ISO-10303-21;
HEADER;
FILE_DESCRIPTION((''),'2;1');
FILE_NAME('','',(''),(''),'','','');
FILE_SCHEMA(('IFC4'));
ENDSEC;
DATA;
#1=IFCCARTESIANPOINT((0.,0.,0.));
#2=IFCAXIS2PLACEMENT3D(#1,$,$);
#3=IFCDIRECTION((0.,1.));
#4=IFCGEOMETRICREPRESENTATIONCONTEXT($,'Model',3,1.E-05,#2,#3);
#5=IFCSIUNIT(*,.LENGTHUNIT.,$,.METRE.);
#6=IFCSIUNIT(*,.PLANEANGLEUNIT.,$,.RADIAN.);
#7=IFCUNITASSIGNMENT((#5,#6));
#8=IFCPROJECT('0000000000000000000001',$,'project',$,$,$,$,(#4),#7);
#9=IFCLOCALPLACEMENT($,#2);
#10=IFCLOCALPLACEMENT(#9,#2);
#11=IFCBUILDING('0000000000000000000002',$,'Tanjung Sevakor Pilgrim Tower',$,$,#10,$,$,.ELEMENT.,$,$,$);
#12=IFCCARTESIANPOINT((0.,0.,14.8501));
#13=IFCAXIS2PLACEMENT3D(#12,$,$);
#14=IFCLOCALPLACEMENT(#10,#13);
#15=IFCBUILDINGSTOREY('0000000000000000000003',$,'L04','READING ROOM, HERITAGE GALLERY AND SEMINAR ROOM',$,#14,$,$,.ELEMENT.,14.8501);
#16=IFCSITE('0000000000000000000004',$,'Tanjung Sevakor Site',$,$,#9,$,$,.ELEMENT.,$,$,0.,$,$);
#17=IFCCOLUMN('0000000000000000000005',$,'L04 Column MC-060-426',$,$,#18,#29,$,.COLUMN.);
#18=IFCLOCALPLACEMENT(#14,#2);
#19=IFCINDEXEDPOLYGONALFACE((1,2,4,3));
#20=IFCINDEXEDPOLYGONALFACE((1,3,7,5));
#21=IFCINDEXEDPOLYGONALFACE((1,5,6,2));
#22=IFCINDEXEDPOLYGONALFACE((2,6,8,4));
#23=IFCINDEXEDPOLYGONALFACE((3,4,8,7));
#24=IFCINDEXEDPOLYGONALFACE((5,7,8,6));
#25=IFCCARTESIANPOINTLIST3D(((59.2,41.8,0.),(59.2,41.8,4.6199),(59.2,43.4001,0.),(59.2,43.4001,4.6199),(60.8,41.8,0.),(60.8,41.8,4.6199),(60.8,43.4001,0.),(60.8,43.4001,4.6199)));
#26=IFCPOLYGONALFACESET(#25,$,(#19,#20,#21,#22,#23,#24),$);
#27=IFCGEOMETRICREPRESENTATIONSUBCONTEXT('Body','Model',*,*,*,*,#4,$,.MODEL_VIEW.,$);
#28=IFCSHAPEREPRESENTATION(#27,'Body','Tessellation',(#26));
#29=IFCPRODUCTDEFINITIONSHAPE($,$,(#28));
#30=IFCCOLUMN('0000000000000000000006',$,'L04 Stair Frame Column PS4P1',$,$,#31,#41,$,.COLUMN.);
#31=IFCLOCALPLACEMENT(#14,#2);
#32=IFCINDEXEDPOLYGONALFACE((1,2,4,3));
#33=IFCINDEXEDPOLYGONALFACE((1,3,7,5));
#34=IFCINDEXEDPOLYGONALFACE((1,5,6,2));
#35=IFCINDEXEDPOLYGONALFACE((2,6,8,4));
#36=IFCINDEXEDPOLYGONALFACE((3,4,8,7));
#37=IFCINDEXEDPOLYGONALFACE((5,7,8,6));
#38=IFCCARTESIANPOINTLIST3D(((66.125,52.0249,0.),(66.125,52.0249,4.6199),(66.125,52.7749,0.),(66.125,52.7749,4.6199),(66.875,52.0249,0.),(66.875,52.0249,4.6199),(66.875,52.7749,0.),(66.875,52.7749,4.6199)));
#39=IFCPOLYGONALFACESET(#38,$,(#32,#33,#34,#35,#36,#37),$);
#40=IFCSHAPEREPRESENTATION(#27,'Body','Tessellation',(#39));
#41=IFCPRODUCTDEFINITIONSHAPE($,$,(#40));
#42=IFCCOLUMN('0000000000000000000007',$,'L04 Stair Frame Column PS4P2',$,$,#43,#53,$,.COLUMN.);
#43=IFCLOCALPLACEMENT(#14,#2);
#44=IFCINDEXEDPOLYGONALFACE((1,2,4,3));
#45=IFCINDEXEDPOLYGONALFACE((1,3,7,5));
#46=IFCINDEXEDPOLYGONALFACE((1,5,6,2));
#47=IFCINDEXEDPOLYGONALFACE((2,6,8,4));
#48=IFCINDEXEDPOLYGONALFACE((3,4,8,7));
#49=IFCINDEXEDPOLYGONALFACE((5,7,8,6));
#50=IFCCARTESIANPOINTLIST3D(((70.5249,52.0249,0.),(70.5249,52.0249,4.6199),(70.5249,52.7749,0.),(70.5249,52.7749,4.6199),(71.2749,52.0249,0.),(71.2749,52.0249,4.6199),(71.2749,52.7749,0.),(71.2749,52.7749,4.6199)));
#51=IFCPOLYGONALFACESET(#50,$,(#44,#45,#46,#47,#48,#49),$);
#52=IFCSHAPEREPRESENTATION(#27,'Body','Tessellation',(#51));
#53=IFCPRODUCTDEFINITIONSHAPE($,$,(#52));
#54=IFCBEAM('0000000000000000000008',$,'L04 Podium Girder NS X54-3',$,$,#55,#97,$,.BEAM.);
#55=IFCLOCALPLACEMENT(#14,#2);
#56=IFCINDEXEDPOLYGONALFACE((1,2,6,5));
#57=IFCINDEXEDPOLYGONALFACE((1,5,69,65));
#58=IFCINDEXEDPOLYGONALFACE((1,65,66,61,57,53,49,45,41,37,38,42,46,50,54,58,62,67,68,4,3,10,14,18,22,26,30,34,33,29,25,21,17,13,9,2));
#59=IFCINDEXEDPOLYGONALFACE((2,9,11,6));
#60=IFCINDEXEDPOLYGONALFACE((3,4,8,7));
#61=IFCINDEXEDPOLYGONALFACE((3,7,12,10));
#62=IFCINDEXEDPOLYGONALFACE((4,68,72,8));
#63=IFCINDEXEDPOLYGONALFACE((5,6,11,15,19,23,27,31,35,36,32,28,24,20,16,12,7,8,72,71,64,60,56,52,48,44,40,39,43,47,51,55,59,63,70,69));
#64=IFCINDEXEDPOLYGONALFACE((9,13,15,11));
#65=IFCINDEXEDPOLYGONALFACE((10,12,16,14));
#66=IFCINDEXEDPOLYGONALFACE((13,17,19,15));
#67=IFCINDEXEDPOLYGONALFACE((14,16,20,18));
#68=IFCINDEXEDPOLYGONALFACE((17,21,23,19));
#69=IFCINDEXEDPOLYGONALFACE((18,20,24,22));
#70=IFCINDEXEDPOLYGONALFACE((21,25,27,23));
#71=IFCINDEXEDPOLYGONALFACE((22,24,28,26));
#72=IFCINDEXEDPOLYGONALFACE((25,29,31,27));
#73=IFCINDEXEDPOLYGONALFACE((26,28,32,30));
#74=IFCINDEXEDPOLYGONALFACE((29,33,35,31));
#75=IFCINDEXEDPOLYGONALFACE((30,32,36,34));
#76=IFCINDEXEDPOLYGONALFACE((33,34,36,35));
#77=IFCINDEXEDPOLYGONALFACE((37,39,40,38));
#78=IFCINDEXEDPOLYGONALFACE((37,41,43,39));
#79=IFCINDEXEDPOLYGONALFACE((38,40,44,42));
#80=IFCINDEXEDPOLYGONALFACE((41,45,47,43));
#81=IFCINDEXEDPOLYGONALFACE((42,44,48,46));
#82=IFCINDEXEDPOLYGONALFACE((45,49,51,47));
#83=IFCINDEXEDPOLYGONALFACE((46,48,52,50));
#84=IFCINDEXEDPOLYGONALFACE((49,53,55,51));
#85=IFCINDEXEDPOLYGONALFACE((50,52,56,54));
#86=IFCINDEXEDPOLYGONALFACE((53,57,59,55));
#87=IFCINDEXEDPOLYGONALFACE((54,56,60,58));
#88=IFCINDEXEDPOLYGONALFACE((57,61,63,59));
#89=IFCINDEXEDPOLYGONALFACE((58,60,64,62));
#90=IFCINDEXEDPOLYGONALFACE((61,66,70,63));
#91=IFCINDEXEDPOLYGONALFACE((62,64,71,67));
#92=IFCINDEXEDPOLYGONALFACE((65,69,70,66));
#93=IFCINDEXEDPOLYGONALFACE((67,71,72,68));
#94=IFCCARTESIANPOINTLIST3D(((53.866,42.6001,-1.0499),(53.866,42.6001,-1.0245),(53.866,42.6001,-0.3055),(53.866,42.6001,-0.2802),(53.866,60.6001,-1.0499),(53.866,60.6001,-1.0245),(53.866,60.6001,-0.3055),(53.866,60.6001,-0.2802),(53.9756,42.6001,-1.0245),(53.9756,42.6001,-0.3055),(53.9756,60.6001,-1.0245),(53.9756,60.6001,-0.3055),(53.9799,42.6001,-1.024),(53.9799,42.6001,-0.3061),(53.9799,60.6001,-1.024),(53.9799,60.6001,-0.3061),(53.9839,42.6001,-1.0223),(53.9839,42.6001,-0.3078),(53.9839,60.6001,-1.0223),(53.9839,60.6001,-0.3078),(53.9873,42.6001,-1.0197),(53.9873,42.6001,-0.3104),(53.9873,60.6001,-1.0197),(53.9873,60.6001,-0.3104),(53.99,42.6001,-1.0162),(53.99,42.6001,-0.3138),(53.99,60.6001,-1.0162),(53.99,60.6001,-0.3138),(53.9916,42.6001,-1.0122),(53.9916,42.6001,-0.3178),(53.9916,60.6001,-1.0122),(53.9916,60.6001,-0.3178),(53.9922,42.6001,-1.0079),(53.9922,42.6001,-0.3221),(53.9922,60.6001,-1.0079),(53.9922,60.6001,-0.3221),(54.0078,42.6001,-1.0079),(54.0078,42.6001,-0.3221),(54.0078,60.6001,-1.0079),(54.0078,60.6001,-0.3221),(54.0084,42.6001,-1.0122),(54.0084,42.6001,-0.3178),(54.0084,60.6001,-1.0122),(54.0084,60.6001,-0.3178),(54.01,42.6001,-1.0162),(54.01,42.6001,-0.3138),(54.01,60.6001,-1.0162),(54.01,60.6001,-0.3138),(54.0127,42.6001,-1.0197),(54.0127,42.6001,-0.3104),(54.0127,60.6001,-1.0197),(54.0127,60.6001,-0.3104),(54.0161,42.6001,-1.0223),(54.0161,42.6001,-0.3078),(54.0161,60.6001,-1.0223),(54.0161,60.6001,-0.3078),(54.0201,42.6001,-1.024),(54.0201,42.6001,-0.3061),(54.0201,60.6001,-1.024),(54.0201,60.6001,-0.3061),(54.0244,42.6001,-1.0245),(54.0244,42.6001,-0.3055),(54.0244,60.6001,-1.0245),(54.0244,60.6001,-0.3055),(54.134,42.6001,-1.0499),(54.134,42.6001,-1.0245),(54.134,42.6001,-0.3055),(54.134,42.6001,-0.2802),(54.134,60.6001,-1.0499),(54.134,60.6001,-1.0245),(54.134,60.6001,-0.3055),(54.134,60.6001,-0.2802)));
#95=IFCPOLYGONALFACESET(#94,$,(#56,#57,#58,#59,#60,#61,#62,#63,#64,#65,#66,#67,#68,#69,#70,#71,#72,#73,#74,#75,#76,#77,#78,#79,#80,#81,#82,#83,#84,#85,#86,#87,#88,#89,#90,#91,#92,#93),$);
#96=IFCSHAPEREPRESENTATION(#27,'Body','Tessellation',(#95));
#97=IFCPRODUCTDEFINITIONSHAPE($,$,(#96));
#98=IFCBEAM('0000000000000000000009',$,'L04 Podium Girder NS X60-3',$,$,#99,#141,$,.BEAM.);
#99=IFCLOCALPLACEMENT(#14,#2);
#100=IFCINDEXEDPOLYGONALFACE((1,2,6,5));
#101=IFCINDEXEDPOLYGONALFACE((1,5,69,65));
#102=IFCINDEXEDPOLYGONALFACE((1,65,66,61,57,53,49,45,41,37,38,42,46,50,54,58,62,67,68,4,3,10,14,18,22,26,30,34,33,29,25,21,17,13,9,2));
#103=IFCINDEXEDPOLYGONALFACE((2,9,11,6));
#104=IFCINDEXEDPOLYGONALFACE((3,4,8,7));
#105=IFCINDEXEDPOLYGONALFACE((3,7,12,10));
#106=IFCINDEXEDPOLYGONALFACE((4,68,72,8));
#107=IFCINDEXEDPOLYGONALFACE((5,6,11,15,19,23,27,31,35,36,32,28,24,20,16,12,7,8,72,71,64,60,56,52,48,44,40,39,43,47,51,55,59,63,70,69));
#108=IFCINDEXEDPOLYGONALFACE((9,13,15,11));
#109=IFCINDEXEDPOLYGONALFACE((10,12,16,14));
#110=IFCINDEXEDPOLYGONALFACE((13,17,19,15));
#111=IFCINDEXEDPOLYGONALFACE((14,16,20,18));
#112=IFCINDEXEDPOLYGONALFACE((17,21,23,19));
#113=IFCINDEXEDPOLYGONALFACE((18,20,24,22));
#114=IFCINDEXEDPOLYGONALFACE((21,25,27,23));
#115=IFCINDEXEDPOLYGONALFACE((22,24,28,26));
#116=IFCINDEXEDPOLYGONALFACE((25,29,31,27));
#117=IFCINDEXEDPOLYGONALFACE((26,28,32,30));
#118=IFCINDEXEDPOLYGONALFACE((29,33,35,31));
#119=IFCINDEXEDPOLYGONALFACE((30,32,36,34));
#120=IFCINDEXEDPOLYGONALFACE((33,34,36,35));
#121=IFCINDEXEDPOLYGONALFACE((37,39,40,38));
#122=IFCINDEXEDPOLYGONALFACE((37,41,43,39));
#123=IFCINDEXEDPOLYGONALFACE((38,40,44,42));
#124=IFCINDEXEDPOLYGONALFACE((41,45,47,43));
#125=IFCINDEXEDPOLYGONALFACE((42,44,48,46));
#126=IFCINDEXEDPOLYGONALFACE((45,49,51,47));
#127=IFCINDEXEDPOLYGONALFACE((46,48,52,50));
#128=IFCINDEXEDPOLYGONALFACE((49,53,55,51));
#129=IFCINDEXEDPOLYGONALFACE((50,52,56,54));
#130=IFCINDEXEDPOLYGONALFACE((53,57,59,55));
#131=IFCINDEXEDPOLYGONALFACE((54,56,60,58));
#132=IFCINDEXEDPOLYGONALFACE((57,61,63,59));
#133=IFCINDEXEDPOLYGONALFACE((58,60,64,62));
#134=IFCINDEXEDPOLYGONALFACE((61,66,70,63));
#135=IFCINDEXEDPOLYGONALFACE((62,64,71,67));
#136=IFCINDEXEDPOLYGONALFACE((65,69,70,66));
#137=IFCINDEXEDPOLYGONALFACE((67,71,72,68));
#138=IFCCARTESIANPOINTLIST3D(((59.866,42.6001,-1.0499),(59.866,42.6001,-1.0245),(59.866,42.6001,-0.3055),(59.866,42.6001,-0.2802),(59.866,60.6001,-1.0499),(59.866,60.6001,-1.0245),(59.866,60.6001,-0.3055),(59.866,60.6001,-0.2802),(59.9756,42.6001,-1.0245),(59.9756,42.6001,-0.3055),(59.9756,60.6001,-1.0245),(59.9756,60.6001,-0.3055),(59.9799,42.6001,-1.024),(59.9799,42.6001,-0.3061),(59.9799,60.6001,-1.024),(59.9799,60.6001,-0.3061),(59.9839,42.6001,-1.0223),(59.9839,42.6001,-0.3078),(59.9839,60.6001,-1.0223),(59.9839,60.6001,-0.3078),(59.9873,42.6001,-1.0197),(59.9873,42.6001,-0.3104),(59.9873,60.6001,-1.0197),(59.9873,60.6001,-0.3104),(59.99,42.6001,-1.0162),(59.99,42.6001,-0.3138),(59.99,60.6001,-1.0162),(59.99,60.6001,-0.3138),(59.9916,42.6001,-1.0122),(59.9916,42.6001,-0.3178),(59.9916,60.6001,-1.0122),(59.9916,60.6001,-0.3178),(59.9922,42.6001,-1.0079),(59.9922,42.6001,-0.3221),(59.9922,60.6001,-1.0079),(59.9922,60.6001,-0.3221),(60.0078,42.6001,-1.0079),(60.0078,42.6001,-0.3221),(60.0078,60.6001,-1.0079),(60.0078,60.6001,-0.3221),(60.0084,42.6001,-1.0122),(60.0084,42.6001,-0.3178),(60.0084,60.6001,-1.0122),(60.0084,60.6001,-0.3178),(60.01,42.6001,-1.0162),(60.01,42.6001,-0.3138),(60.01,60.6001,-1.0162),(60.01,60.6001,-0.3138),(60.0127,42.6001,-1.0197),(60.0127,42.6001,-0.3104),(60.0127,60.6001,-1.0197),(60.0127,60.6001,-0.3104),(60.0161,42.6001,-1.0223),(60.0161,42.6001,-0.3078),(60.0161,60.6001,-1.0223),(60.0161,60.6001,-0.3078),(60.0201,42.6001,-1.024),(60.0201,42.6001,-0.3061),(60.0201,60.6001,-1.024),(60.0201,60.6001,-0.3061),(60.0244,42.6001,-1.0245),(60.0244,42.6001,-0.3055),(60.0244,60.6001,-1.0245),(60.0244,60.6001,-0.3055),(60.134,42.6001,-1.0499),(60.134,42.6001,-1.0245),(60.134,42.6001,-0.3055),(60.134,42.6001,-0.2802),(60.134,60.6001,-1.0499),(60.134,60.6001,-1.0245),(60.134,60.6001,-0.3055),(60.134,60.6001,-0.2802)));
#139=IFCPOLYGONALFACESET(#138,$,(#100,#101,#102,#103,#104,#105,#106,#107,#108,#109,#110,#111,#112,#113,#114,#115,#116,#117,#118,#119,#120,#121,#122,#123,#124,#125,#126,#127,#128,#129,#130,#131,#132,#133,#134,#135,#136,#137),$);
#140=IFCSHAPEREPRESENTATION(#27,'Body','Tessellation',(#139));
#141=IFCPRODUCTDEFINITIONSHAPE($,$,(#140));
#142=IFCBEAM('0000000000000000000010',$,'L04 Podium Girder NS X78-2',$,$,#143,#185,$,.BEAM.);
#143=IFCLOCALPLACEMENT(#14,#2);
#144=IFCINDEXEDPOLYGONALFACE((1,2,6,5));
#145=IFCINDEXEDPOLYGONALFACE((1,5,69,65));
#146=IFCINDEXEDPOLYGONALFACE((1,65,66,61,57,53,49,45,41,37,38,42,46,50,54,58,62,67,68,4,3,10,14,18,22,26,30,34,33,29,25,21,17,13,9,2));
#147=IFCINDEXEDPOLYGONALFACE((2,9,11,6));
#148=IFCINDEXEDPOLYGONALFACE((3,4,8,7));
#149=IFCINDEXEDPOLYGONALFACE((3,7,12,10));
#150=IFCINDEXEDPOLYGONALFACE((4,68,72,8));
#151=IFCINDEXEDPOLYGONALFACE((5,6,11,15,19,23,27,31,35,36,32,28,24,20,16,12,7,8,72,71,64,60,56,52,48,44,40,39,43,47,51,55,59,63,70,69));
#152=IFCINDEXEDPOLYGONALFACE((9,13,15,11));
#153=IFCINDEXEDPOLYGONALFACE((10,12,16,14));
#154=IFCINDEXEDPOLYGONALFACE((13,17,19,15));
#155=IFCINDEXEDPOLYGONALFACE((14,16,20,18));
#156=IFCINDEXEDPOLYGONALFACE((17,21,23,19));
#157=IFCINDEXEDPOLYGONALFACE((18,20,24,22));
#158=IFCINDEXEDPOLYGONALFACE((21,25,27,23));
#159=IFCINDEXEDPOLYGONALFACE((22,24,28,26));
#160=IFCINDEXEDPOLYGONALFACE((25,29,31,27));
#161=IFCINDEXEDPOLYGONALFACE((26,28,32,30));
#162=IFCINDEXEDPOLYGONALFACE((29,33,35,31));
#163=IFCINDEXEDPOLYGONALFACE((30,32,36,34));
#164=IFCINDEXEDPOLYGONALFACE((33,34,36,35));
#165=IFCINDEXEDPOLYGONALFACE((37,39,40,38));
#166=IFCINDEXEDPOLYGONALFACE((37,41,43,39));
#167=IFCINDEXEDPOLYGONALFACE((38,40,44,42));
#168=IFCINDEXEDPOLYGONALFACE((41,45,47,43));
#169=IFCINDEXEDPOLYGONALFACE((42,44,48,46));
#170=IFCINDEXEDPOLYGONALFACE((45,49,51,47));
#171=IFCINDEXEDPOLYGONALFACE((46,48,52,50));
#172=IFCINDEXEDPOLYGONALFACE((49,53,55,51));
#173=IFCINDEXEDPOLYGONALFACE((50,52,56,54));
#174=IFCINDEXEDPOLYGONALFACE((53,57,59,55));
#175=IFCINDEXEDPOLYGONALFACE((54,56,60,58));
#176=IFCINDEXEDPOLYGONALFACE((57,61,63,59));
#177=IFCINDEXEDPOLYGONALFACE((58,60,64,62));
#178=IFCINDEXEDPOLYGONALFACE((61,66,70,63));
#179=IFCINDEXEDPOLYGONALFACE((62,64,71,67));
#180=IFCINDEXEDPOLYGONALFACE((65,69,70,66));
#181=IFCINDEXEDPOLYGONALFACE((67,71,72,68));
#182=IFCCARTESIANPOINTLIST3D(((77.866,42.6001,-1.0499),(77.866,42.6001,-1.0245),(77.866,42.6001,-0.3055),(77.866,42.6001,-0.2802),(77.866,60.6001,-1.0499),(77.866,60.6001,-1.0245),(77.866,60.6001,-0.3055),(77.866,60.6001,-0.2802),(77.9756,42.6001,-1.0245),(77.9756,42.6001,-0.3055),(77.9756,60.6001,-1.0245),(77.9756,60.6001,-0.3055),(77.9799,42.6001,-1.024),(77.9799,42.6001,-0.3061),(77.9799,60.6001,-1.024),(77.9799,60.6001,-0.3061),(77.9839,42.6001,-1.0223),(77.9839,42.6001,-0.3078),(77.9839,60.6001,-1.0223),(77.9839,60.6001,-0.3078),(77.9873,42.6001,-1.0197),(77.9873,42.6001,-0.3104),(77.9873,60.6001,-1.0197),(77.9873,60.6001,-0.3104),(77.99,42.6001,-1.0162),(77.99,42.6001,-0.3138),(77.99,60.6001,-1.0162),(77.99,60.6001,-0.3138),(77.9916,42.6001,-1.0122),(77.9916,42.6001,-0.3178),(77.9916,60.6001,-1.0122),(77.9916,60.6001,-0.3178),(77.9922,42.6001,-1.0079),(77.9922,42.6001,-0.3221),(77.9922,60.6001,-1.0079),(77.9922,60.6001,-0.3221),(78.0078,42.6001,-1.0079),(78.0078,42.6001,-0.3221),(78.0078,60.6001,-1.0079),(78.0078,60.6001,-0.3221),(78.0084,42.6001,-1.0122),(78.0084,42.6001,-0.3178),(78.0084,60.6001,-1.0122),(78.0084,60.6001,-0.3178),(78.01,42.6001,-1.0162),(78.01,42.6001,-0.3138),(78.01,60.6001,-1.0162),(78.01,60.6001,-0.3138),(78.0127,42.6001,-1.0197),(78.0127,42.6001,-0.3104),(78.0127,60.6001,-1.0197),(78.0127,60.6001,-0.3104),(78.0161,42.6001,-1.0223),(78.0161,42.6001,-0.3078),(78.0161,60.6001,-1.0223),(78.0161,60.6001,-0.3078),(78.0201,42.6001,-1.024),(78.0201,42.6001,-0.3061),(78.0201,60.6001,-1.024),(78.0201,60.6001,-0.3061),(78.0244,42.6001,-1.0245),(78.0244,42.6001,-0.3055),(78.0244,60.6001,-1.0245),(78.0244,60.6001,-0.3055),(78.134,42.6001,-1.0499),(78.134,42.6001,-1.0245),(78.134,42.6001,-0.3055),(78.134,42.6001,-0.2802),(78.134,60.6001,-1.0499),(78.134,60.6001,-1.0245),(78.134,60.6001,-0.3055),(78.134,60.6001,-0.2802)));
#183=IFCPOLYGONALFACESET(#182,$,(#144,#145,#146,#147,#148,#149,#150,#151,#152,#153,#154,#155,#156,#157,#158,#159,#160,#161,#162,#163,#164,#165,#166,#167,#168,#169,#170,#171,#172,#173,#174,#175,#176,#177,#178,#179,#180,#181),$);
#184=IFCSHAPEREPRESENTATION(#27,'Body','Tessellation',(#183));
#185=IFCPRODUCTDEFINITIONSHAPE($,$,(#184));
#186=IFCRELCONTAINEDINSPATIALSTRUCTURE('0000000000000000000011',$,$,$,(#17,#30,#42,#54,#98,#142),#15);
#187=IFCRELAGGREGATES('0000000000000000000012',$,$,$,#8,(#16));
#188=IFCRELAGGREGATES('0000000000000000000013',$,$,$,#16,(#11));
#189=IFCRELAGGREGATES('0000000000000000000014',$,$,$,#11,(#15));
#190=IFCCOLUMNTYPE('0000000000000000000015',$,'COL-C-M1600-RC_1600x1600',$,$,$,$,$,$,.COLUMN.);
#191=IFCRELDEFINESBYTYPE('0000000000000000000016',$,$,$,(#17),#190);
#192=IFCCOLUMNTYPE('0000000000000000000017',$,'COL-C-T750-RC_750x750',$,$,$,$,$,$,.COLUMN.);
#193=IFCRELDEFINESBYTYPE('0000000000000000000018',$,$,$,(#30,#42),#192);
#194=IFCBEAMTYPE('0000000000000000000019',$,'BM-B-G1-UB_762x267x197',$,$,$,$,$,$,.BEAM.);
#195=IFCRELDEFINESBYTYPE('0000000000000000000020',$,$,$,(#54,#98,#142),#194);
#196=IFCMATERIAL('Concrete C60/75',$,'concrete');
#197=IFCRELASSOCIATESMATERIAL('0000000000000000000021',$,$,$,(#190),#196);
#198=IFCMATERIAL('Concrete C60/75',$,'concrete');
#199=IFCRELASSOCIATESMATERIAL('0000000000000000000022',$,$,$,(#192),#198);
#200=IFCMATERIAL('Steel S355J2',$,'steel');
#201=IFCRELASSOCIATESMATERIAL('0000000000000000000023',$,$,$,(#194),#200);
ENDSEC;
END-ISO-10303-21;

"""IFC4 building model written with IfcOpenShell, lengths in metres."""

from ifc_helpers import new_model, si_unit, direction, frame, origin, origin_2d, place, context, subcontext, project, spatial, rectangle, i_section, extrude, material, material_profile, profile_set, type_object, element, save


model = new_model("IFC4")

# Units and contexts
model_context = context("Model", 3, precision=1e-05, world=origin(), true_north=direction((0.0, 1.0)))
body_context = subcontext(model_context, "Body", "Model", "MODEL_VIEW")
ifc_project = project(units=[si_unit("LENGTHUNIT", "METRE"), si_unit("PLANEANGLEUNIT", "RADIAN")], contexts=[model_context])

# Site, building, storey
site_placement = place(None, origin())
site = spatial("IfcSite", under=ifc_project, at=site_placement, Name="Tanjung Sevakor Site", CompositionType="ELEMENT", RefElevation=0.0)
building_placement = place(site_placement, origin())
building = spatial("IfcBuilding", under=site, at=building_placement, Name="Tanjung Sevakor Pilgrim Tower", CompositionType="ELEMENT")
storey_placement = place(building_placement, frame((0.0, 0.0, 14.8501)))
storey = spatial("IfcBuildingStorey", under=building, at=storey_placement, Name="L04", Description="READING ROOM, HERITAGE GALLERY AND SEMINAR ROOM", CompositionType="ELEMENT", Elevation=14.8501)

# Columns
ifc_material_1 = material(Name="Concrete C60/75", Category="concrete")
ifc_material_profile_1 = material_profile(ifc_material_1, rectangle(XDim=1.6001, YDim=1.6001, at=origin_2d()))
ifc_profile_set_1 = profile_set([ifc_material_profile_1], Name="Concrete C60/75")
column_type_1 = type_object("IfcColumnType", Name="COL-C-M1600-RC_1600x1600", PredefinedType="COLUMN", material=ifc_profile_set_1)
column_placement = place(storey_placement, frame((60.0, 42.6001, 0.0), z_axis=(0.0, 0.0, 1.0), x_axis=(1.0, 0.0, 0.0)))
element("IfcColumn", 1, at=column_placement, inside=storey, type_object=column_type_1, Name="L04 Column MC-060-426", PredefinedType="COLUMN", context=body_context, shape_type="SweptSolid", body=[
    extrude(rectangle(XDim=1.6001, YDim=1.6001, at=origin_2d()), origin(), (0.0, 0.0, 1.0), 4.6199),
])
ifc_material_2 = material(Name="Concrete C60/75", Category="concrete")
ifc_material_profile_2 = material_profile(ifc_material_2, rectangle(XDim=0.75, YDim=0.75, at=origin_2d()))
ifc_profile_set_2 = profile_set([ifc_material_profile_2], Name="Concrete C60/75")
column_type_2 = type_object("IfcColumnType", Name="COL-C-T750-RC_750x750", PredefinedType="COLUMN", material=ifc_profile_set_2)
for number, where, z_axis, x_axis, name in (
    (2, (66.5, 52.3999, 0.0), (0.0, 0.0, 1.0), (1.0, 0.0, 0.0), "L04 Stair Frame Column PS4P1"),
    (3, (70.8999, 52.3999, 0.0), (0.0, 0.0, 1.0), (1.0, 0.0, 0.0), "L04 Stair Frame Column PS4P2"),
):
    element("IfcColumn", number, at=place(storey_placement, frame(where, z_axis=z_axis, x_axis=x_axis)), inside=storey, type_object=column_type_2, Name=name, PredefinedType="COLUMN", context=body_context, shape_type="SweptSolid", body=[
        extrude(rectangle(XDim=0.75, YDim=0.75, at=origin_2d()), origin(), (0.0, 0.0, 1.0), 4.6199),
    ])

# Beams
ifc_material_3 = material(Name="Steel S355J2", Category="steel")
ifc_material_profile_3 = material_profile(ifc_material_3, i_section(OverallWidth=0.2681, OverallDepth=0.7698, WebThickness=0.0156, FlangeThickness=0.0254, FilletRadius=0.0166, at=origin_2d()))
ifc_profile_set_3 = profile_set([ifc_material_profile_3], Name="Steel S355J2")
beam_type_1 = type_object("IfcBeamType", Name="BM-B-G1-UB_762x267x197", PredefinedType="BEAM", material=ifc_profile_set_3)
for number, where, z_axis, x_axis, name in (
    (4, (54.0, 42.6001, -0.665), (0.0, 1.0, 0.0), (-1.0, 0.0, 0.0), "L04 Podium Girder NS X54-3"),
    (5, (60.0, 42.6001, -0.665), (0.0, 1.0, 0.0), (-1.0, 0.0, 0.0), "L04 Podium Girder NS X60-3"),
    (6, (78.0, 42.6001, -0.665), (0.0, 1.0, 0.0), (-1.0, 0.0, 0.0), "L04 Podium Girder NS X78-2"),
):
    element("IfcBeam", number, at=place(storey_placement, frame(where, z_axis=z_axis, x_axis=x_axis)), inside=storey, type_object=beam_type_1, Name=name, PredefinedType="BEAM", context=body_context, shape_type="SweptSolid", body=[
        extrude(i_section(OverallWidth=0.2681, OverallDepth=0.7698, WebThickness=0.0156, FlangeThickness=0.0254, FilletRadius=0.0166, at=origin_2d()), origin(), (0.0, 0.0, 1.0), 18.0),
    ])

save(model, "model.ifc")
